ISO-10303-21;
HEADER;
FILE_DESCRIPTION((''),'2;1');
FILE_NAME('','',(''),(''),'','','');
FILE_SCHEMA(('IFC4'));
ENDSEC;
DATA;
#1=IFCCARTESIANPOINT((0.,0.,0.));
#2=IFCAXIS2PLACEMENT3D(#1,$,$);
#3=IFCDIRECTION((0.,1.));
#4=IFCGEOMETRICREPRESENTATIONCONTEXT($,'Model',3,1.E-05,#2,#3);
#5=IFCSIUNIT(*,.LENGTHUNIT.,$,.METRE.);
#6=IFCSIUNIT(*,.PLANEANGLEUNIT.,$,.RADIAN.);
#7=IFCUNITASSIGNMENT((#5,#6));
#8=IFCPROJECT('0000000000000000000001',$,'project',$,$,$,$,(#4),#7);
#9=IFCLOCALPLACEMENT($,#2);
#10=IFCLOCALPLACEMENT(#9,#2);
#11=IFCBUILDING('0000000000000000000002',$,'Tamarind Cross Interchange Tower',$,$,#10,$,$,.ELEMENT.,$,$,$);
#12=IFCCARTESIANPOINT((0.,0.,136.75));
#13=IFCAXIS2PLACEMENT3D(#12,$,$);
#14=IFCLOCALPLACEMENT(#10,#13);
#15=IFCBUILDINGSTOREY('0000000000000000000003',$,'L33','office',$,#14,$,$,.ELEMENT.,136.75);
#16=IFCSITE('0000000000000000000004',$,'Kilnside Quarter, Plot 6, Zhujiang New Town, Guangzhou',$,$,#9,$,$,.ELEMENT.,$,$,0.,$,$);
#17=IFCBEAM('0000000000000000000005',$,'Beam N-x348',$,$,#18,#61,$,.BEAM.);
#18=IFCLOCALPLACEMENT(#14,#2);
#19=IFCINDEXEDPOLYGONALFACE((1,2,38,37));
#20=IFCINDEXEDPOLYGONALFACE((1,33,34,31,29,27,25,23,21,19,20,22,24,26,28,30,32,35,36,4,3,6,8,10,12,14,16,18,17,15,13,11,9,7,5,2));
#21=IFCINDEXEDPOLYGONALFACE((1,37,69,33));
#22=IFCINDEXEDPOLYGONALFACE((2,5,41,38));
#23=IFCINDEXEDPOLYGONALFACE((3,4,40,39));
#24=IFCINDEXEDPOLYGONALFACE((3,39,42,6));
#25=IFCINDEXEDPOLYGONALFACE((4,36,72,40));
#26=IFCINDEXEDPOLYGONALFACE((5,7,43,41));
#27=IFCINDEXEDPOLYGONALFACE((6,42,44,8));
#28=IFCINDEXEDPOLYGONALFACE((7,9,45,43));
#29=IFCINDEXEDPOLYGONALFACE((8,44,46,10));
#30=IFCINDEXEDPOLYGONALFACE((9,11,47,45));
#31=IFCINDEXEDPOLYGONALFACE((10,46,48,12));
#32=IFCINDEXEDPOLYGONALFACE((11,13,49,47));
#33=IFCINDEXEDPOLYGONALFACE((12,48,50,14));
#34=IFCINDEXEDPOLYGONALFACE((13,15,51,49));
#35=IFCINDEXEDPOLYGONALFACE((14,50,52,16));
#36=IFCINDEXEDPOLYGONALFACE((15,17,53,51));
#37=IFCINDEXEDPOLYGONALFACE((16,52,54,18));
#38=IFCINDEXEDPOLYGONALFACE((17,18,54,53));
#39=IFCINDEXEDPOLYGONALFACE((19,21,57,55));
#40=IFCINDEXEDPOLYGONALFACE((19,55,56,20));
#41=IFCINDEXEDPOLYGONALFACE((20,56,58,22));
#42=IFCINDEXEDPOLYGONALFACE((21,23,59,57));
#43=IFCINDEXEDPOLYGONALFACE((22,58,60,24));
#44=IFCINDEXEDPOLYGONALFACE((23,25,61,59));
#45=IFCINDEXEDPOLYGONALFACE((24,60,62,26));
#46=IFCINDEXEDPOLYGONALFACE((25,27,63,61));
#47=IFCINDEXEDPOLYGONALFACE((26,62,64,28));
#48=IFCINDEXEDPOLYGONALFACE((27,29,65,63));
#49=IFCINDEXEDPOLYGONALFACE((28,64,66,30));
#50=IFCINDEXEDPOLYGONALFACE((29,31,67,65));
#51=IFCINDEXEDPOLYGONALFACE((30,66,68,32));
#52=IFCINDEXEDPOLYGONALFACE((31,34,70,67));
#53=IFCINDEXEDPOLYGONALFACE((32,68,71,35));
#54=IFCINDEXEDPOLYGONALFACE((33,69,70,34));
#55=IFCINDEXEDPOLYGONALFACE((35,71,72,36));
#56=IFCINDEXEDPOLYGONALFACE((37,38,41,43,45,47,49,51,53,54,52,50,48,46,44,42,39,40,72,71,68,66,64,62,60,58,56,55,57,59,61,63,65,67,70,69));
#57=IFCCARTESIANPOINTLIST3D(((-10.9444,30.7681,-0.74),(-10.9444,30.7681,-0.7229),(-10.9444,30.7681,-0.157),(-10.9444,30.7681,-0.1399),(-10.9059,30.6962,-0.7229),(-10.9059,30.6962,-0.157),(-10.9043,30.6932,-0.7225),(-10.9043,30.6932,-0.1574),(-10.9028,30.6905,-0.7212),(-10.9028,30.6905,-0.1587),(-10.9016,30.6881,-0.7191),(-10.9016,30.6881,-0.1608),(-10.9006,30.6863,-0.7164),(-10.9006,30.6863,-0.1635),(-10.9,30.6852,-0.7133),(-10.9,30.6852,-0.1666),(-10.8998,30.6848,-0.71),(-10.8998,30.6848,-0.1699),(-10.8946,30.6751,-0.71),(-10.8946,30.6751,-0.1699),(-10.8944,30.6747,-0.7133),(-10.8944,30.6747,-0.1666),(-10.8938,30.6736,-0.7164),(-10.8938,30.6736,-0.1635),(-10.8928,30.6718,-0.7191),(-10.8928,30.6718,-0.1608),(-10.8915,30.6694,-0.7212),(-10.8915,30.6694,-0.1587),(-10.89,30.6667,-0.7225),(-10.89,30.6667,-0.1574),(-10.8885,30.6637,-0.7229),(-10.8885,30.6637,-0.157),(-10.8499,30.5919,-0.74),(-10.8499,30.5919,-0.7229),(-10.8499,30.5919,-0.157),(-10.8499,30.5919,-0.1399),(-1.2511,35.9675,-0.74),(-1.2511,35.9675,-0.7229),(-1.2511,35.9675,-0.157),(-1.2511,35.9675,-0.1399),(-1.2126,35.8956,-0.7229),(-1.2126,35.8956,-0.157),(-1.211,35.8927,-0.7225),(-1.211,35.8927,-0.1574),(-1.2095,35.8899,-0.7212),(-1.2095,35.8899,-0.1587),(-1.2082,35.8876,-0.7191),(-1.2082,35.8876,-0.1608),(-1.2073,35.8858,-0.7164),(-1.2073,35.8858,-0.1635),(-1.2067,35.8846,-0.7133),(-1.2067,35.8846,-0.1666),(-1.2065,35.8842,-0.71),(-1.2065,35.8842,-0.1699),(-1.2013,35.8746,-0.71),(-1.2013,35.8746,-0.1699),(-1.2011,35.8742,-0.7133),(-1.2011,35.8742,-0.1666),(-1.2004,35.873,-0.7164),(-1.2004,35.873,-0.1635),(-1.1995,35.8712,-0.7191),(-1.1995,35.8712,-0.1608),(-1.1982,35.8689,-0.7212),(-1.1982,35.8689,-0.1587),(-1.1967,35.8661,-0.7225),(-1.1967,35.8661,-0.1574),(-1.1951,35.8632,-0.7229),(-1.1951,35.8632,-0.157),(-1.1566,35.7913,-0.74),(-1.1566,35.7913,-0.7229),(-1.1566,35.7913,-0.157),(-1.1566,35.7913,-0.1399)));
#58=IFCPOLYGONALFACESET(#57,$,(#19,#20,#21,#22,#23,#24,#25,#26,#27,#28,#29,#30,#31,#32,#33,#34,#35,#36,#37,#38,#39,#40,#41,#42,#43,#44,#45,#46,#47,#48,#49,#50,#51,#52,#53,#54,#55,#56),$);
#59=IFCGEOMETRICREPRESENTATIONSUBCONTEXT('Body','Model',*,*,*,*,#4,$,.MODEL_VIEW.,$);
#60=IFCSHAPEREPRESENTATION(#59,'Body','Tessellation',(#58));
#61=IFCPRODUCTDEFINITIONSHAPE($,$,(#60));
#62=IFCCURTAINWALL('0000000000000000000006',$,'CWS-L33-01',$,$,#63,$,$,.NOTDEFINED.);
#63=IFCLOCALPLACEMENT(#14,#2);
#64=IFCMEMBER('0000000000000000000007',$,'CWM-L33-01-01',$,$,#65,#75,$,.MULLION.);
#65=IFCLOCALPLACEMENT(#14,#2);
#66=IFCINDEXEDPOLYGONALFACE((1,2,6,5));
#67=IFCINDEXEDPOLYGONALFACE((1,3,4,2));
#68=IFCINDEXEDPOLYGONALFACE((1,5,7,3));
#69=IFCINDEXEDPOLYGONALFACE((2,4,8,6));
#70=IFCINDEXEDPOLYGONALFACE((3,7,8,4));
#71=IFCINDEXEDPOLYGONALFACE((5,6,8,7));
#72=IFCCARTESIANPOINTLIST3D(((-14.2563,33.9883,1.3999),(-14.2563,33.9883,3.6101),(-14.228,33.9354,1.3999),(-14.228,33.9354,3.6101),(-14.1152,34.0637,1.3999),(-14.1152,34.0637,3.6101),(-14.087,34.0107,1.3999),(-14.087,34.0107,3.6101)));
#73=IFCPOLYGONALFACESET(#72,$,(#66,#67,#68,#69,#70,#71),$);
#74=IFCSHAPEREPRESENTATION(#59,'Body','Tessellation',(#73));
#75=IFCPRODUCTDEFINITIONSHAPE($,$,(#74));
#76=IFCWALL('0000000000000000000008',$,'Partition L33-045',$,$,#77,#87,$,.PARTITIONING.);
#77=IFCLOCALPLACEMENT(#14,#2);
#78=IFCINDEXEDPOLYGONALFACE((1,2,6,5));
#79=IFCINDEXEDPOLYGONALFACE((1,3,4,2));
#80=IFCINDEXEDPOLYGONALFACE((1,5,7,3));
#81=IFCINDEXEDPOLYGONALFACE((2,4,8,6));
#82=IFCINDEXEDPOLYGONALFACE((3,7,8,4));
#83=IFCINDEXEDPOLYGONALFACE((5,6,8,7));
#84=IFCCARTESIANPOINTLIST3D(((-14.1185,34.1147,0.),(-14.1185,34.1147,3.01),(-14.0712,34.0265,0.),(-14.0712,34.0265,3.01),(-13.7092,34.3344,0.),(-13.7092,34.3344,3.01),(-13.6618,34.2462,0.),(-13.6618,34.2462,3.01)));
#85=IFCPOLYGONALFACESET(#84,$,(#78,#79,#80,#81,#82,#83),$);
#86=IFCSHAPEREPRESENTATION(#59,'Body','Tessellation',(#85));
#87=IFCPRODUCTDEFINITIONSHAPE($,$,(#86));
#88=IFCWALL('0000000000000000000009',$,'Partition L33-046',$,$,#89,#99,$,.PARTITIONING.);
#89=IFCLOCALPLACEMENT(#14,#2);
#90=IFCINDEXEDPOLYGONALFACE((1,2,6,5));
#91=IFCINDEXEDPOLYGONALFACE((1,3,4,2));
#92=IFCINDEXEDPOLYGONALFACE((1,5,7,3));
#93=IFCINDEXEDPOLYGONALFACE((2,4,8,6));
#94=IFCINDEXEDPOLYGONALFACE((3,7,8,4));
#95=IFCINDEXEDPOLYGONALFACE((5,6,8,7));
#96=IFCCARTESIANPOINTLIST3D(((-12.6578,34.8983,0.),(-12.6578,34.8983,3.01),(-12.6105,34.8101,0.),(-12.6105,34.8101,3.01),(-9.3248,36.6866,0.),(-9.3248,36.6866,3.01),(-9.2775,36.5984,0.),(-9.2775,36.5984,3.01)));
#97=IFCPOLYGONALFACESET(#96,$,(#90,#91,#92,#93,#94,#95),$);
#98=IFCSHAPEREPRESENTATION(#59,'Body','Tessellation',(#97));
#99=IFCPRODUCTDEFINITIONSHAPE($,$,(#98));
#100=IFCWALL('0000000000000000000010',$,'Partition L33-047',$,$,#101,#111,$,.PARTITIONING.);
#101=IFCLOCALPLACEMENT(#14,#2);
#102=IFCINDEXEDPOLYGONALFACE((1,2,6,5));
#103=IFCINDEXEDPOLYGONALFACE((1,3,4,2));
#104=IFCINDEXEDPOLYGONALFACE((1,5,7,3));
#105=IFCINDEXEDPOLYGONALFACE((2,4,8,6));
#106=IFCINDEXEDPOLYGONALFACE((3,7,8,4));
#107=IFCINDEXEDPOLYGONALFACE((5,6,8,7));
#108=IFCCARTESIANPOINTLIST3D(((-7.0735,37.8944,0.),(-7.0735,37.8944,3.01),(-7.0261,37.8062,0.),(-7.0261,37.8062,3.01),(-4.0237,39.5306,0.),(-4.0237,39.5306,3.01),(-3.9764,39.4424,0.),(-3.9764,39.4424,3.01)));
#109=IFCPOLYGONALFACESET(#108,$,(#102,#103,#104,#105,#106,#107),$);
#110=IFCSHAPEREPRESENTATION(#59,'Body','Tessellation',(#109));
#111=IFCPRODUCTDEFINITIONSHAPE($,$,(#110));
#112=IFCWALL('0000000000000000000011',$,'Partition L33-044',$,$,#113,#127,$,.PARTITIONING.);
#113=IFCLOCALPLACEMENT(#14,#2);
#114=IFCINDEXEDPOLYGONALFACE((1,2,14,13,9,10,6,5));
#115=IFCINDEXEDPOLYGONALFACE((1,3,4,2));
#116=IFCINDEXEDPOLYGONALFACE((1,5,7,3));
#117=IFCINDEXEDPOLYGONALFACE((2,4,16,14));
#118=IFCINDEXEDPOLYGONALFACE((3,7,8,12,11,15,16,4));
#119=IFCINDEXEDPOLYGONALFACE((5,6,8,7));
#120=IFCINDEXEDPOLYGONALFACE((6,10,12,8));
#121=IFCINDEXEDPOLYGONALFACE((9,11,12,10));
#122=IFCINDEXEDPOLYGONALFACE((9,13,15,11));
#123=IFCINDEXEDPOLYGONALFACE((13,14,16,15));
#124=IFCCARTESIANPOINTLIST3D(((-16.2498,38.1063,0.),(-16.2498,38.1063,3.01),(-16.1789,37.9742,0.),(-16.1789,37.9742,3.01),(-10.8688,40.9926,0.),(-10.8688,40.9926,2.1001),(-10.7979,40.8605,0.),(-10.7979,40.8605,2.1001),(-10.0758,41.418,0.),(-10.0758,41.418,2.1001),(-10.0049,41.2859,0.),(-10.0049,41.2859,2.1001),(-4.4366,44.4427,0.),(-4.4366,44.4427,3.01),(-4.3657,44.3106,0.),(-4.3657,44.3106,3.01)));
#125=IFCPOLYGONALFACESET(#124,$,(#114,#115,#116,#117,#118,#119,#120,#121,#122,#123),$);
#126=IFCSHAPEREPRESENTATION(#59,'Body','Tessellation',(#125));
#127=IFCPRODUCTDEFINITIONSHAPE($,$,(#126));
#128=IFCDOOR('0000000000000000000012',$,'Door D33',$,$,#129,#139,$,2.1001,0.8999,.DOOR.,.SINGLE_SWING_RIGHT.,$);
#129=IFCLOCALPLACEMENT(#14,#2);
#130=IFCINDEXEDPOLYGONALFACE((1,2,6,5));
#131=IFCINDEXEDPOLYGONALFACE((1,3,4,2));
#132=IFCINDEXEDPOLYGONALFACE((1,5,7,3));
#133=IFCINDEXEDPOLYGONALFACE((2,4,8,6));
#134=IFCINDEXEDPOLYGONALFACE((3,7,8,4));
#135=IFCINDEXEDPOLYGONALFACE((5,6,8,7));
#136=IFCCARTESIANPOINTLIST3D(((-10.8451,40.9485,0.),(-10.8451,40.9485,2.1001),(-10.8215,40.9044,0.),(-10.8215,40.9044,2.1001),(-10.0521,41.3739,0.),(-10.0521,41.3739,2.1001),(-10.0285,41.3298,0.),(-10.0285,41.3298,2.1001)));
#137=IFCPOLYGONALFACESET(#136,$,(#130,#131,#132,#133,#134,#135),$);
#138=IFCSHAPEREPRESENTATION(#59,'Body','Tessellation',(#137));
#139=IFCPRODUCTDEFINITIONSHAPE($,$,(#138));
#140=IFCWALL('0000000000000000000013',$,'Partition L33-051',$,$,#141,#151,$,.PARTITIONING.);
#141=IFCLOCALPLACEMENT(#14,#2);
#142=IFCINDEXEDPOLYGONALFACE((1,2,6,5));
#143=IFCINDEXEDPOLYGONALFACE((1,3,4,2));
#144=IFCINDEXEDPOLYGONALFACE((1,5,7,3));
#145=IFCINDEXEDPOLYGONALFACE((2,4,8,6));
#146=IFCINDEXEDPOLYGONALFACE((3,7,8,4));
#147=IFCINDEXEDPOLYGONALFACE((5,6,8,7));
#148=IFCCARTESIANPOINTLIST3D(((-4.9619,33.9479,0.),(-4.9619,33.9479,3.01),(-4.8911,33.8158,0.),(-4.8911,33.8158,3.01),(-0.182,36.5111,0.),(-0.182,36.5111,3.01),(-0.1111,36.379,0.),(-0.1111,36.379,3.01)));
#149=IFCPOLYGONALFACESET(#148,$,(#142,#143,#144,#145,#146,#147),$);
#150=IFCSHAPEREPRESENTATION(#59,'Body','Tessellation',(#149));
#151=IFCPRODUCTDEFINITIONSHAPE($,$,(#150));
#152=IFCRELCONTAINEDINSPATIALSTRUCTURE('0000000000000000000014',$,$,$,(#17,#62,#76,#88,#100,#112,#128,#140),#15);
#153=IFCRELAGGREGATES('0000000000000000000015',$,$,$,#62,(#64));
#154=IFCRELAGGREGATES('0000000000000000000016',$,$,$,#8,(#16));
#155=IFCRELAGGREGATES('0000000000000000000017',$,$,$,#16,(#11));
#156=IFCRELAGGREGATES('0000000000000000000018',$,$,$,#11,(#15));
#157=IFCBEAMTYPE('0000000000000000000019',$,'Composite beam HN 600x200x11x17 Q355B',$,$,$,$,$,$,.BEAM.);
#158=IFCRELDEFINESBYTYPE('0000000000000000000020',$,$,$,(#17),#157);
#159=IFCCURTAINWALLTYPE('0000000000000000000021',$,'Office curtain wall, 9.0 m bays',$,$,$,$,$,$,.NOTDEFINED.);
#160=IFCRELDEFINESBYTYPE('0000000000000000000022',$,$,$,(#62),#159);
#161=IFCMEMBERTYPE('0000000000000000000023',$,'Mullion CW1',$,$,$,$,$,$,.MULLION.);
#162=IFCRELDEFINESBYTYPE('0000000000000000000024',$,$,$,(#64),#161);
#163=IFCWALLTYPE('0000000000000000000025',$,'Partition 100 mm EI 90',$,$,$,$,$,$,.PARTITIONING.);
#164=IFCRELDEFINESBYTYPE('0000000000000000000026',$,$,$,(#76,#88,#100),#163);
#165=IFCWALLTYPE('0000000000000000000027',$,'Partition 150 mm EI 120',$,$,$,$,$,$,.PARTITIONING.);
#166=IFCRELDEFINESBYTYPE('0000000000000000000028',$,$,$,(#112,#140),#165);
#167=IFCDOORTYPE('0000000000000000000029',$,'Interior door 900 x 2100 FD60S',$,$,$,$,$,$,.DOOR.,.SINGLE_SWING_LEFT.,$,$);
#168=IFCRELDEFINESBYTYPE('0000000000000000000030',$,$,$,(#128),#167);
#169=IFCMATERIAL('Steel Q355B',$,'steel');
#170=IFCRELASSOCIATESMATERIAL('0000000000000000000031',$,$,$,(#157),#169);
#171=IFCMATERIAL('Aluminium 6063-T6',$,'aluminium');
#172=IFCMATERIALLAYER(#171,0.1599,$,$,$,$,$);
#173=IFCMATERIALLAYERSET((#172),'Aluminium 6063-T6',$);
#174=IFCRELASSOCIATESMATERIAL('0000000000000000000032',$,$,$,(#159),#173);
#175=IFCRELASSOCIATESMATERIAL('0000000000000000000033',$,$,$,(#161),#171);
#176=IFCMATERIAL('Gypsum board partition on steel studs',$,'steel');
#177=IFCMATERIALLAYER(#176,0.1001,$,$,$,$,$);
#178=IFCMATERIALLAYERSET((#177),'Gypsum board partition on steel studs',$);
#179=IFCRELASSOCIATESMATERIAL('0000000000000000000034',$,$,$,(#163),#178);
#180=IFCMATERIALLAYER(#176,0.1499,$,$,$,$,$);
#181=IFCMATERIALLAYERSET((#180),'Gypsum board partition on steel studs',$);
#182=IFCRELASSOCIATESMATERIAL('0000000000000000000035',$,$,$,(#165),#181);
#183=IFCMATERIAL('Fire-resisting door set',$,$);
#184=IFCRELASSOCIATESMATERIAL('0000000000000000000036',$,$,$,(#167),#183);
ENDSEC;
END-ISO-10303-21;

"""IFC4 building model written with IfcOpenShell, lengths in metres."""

from ifc_helpers import new_model, si_unit, direction, frame, frame_2d, origin, origin_2d, place, context, subcontext, project, spatial, rectangle, i_section, extrude, material, layer, layer_set, material_profile, profile_set, type_object, element, fill, aggregate, save


model = new_model("IFC4")

# Units and contexts
model_context = context("Model", 3, precision=1e-05, world=origin(), true_north=direction((0.0, 1.0)))
body_context = subcontext(model_context, "Body", "Model", "MODEL_VIEW")
ifc_project = project(units=[si_unit("LENGTHUNIT", "METRE"), si_unit("PLANEANGLEUNIT", "RADIAN")], contexts=[model_context])

# Site, building, storey
site_placement = place(None, origin())
site = spatial("IfcSite", under=ifc_project, at=site_placement, Name="Kilnside Quarter, Plot 6, Zhujiang New Town, Guangzhou", CompositionType="ELEMENT", RefElevation=0.0)
building_placement = place(site_placement, origin())
building = spatial("IfcBuilding", under=site, at=building_placement, Name="Tamarind Cross Interchange Tower", CompositionType="ELEMENT")
storey_placement = place(building_placement, frame((0.0, 0.0, 136.75)))
storey = spatial("IfcBuildingStorey", under=building, at=storey_placement, Name="L33", Description="office", CompositionType="ELEMENT", Elevation=136.75)

# Beam
ifc_material_1 = material(Name="Steel Q355B", Category="steel")
ifc_material_profile_1 = material_profile(ifc_material_1, i_section(OverallWidth=0.2, OverallDepth=0.6001, WebThickness=0.011, FlangeThickness=0.0171, FilletRadius=0.0129, at=origin_2d()), Name="HN 600x200x11x17")
ifc_profile_set_1 = profile_set([ifc_material_profile_1], Name="Steel Q355B")
beam_type_1 = type_object("IfcBeamType", Name="Composite beam HN 600x200x11x17 Q355B", PredefinedType="BEAM", material=ifc_profile_set_1)
beam_1_placement = place(storey_placement, frame((-1.2039, 35.8794, -0.4399), z_axis=(-0.88123, -0.472687, 0.0), x_axis=(0.472687, -0.88123, 0.0)))
element("IfcBeam", 1, at=beam_1_placement, inside=storey, type_object=beam_type_1, Name="Beam N-x348", PredefinedType="BEAM", context=body_context, shape_type="SweptSolid", body=[
    extrude(i_section(OverallWidth=0.2, OverallDepth=0.6001, WebThickness=0.011, FlangeThickness=0.0171, FilletRadius=0.0129, at=origin_2d()), origin(), (0.0, 0.0, 1.0), 10.9998),
])

# Curtain wall, member
ifc_material_2 = material(Name="Aluminium 6063-T6", Category="aluminium")
ifc_layer_1 = layer(ifc_material_2, 0.1599)
ifc_layer_set_1 = layer_set([ifc_layer_1], Name="Aluminium 6063-T6")
curtain_wall_type = type_object("IfcCurtainWallType", Name="Office curtain wall, 9.0 m bays", PredefinedType="NOTDEFINED", material=ifc_layer_set_1)
curtain_wall_placement = place(storey_placement, origin())
curtain_wall = element("IfcCurtainWall", 2, at=curtain_wall_placement, inside=storey, type_object=curtain_wall_type, Name="CWS-L33-01", PredefinedType="NOTDEFINED")
ifc_material_profile_2 = material_profile(ifc_material_2, rectangle(XDim=0.0601, YDim=0.1599, at=origin_2d()), Name="Mullion CW1")
ifc_profile_set_2 = profile_set([ifc_material_profile_2], Name="Aluminium 6063-T6")
member_type = type_object("IfcMemberType", Name="Mullion CW1", PredefinedType="MULLION", material=ifc_profile_set_2)
member_placement = place(storey_placement, frame((-14.1716, 33.9995, 1.3999), z_axis=(0.0, 0.0, 1.0), x_axis=(0.470959, -0.882155, 0.0)))
member = element("IfcMember", 3, at=member_placement, type_object=member_type, Name="CWM-L33-01-01", PredefinedType="MULLION", context=body_context, shape_type="SweptSolid", body=[
    extrude(rectangle(XDim=0.0601, YDim=0.1599, at=origin_2d()), origin(), (0.0, 0.0, 1.0), 2.2102),
])
aggregate(curtain_wall, [member])

# Walls
ifc_material_3 = material(Name="Gypsum board partition on steel studs", Category="steel")
ifc_layer_2 = layer(ifc_material_3, 0.1001)
ifc_layer_set_2 = layer_set([ifc_layer_2], Name="Gypsum board partition on steel studs")
wall_type_1 = type_object("IfcWallType", Name="Partition 100 mm EI 90", PredefinedType="PARTITIONING", material=ifc_layer_set_2)
wall_1_placement = place(storey_placement, frame((-14.095, 34.0706, 0.0), z_axis=(0.0, 0.0, 1.0), x_axis=(0.881128, 0.472877, 0.0)))
element("IfcWall", 4, at=wall_1_placement, inside=storey, type_object=wall_type_1, Name="Partition L33-045", PredefinedType="PARTITIONING", context=body_context, shape_type="SweptSolid", body=[
    extrude(rectangle(XDim=0.4646, YDim=0.1001, at=frame_2d((0.2324, 0.0))), origin(), (0.0, 0.0, 1.0), 3.01),
])
wall_2_placement = place(storey_placement, frame((-12.634, 34.8542, 0.0), z_axis=(0.0, 0.0, 1.0), x_axis=(0.881173, 0.472794, 0.0)))
element("IfcWall", 5, at=wall_2_placement, inside=storey, type_object=wall_type_1, Name="Partition L33-046", PredefinedType="PARTITIONING", context=body_context, shape_type="SweptSolid", body=[
    extrude(rectangle(XDim=3.7825, YDim=0.1001, at=frame_2d((1.8911, 0.0))), origin(), (0.0, 0.0, 1.0), 3.01),
])
wall_3_placement = place(storey_placement, frame((-7.0498, 37.8503, 0.0), z_axis=(0.0, 0.0, 1.0), x_axis=(0.88119, 0.472762, 0.0)))
element("IfcWall", 6, at=wall_3_placement, inside=storey, type_object=wall_type_1, Name="Partition L33-047", PredefinedType="PARTITIONING", context=body_context, shape_type="SweptSolid", body=[
    extrude(rectangle(XDim=3.4609, YDim=0.1001, at=frame_2d((1.7305, 0.0))), origin(), (0.0, 0.0, 1.0), 3.01),
])

# Wall, opening, door
ifc_layer_3 = layer(ifc_material_3, 0.1499)
ifc_layer_set_3 = layer_set([ifc_layer_3], Name="Gypsum board partition on steel studs")
wall_type_2 = type_object("IfcWallType", Name="Partition 150 mm EI 120", PredefinedType="PARTITIONING", material=ifc_layer_set_3)
wall_4_placement = place(storey_placement, frame((-16.2144, 38.0403, 0.0), z_axis=(0.0, 0.0, 1.0), x_axis=(0.881234, 0.47268, 0.0)))
wall_4 = element("IfcWall", 7, at=wall_4_placement, inside=storey, type_object=wall_type_2, Name="Partition L33-044", PredefinedType="PARTITIONING", context=body_context, shape_type="SweptSolid", body=[
    extrude(rectangle(XDim=13.4053, YDim=0.1499, at=frame_2d((6.7026, 0.0))), origin(), (0.0, 0.0, 1.0), 3.01),
])
opening_placement = place(wall_4_placement, frame((6.1062, 0.0, 0.0)))
opening = element("IfcOpeningElement", 8, at=opening_placement, cuts=wall_4, PredefinedType="OPENING", context=body_context, shape_type="SweptSolid", body=[
    extrude(rectangle(XDim=0.8999, YDim=2.1001, at=frame_2d((0.45, 1.05))), frame((0.0, 0.085, 0.0), z_axis=(0.0, -1.0, 0.0), x_axis=(1.0, 0.0, 0.0)), (0.0, 0.0, 1.0), 0.1699),
])
ifc_material_4 = material(Name="Fire-resisting door set")
door_type = type_object("IfcDoorType", Name="Interior door 900 x 2100 FD60S", OperationType="SINGLE_SWING_LEFT", PredefinedType="DOOR", material=ifc_material_4)
door_placement = place(opening_placement, origin())
door = element("IfcDoor", 9, at=door_placement, inside=storey, type_object=door_type, Name="Door D33", OperationType="SINGLE_SWING_RIGHT", OverallHeight=2.1001, OverallWidth=0.8999, PredefinedType="DOOR", context=body_context, shape_type="SweptSolid", body=[
    extrude(rectangle(XDim=0.8999, YDim=2.1001, at=frame_2d((0.45, 1.05))), frame((0.0, 0.0249, 0.0), z_axis=(0.0, -1.0, 0.0), x_axis=(1.0, 0.0, 0.0)), (0.0, 0.0, 1.0), 0.05),
])
fill(opening, door)

# Wall
wall_5_placement = place(storey_placement, frame((-4.9265, 33.8818, 0.0), z_axis=(0.0, 0.0, 1.0), x_axis=(0.881288, 0.47258, 0.0)))
element("IfcWall", 10, at=wall_5_placement, inside=storey, type_object=wall_type_2, Name="Partition L33-051", PredefinedType="PARTITIONING", context=body_context, shape_type="SweptSolid", body=[
    extrude(rectangle(XDim=5.4238, YDim=0.1499, at=frame_2d((2.7119, 0.0))), origin(), (0.0, 0.0, 1.0), 3.01),
])

save(model, "model.ifc")
